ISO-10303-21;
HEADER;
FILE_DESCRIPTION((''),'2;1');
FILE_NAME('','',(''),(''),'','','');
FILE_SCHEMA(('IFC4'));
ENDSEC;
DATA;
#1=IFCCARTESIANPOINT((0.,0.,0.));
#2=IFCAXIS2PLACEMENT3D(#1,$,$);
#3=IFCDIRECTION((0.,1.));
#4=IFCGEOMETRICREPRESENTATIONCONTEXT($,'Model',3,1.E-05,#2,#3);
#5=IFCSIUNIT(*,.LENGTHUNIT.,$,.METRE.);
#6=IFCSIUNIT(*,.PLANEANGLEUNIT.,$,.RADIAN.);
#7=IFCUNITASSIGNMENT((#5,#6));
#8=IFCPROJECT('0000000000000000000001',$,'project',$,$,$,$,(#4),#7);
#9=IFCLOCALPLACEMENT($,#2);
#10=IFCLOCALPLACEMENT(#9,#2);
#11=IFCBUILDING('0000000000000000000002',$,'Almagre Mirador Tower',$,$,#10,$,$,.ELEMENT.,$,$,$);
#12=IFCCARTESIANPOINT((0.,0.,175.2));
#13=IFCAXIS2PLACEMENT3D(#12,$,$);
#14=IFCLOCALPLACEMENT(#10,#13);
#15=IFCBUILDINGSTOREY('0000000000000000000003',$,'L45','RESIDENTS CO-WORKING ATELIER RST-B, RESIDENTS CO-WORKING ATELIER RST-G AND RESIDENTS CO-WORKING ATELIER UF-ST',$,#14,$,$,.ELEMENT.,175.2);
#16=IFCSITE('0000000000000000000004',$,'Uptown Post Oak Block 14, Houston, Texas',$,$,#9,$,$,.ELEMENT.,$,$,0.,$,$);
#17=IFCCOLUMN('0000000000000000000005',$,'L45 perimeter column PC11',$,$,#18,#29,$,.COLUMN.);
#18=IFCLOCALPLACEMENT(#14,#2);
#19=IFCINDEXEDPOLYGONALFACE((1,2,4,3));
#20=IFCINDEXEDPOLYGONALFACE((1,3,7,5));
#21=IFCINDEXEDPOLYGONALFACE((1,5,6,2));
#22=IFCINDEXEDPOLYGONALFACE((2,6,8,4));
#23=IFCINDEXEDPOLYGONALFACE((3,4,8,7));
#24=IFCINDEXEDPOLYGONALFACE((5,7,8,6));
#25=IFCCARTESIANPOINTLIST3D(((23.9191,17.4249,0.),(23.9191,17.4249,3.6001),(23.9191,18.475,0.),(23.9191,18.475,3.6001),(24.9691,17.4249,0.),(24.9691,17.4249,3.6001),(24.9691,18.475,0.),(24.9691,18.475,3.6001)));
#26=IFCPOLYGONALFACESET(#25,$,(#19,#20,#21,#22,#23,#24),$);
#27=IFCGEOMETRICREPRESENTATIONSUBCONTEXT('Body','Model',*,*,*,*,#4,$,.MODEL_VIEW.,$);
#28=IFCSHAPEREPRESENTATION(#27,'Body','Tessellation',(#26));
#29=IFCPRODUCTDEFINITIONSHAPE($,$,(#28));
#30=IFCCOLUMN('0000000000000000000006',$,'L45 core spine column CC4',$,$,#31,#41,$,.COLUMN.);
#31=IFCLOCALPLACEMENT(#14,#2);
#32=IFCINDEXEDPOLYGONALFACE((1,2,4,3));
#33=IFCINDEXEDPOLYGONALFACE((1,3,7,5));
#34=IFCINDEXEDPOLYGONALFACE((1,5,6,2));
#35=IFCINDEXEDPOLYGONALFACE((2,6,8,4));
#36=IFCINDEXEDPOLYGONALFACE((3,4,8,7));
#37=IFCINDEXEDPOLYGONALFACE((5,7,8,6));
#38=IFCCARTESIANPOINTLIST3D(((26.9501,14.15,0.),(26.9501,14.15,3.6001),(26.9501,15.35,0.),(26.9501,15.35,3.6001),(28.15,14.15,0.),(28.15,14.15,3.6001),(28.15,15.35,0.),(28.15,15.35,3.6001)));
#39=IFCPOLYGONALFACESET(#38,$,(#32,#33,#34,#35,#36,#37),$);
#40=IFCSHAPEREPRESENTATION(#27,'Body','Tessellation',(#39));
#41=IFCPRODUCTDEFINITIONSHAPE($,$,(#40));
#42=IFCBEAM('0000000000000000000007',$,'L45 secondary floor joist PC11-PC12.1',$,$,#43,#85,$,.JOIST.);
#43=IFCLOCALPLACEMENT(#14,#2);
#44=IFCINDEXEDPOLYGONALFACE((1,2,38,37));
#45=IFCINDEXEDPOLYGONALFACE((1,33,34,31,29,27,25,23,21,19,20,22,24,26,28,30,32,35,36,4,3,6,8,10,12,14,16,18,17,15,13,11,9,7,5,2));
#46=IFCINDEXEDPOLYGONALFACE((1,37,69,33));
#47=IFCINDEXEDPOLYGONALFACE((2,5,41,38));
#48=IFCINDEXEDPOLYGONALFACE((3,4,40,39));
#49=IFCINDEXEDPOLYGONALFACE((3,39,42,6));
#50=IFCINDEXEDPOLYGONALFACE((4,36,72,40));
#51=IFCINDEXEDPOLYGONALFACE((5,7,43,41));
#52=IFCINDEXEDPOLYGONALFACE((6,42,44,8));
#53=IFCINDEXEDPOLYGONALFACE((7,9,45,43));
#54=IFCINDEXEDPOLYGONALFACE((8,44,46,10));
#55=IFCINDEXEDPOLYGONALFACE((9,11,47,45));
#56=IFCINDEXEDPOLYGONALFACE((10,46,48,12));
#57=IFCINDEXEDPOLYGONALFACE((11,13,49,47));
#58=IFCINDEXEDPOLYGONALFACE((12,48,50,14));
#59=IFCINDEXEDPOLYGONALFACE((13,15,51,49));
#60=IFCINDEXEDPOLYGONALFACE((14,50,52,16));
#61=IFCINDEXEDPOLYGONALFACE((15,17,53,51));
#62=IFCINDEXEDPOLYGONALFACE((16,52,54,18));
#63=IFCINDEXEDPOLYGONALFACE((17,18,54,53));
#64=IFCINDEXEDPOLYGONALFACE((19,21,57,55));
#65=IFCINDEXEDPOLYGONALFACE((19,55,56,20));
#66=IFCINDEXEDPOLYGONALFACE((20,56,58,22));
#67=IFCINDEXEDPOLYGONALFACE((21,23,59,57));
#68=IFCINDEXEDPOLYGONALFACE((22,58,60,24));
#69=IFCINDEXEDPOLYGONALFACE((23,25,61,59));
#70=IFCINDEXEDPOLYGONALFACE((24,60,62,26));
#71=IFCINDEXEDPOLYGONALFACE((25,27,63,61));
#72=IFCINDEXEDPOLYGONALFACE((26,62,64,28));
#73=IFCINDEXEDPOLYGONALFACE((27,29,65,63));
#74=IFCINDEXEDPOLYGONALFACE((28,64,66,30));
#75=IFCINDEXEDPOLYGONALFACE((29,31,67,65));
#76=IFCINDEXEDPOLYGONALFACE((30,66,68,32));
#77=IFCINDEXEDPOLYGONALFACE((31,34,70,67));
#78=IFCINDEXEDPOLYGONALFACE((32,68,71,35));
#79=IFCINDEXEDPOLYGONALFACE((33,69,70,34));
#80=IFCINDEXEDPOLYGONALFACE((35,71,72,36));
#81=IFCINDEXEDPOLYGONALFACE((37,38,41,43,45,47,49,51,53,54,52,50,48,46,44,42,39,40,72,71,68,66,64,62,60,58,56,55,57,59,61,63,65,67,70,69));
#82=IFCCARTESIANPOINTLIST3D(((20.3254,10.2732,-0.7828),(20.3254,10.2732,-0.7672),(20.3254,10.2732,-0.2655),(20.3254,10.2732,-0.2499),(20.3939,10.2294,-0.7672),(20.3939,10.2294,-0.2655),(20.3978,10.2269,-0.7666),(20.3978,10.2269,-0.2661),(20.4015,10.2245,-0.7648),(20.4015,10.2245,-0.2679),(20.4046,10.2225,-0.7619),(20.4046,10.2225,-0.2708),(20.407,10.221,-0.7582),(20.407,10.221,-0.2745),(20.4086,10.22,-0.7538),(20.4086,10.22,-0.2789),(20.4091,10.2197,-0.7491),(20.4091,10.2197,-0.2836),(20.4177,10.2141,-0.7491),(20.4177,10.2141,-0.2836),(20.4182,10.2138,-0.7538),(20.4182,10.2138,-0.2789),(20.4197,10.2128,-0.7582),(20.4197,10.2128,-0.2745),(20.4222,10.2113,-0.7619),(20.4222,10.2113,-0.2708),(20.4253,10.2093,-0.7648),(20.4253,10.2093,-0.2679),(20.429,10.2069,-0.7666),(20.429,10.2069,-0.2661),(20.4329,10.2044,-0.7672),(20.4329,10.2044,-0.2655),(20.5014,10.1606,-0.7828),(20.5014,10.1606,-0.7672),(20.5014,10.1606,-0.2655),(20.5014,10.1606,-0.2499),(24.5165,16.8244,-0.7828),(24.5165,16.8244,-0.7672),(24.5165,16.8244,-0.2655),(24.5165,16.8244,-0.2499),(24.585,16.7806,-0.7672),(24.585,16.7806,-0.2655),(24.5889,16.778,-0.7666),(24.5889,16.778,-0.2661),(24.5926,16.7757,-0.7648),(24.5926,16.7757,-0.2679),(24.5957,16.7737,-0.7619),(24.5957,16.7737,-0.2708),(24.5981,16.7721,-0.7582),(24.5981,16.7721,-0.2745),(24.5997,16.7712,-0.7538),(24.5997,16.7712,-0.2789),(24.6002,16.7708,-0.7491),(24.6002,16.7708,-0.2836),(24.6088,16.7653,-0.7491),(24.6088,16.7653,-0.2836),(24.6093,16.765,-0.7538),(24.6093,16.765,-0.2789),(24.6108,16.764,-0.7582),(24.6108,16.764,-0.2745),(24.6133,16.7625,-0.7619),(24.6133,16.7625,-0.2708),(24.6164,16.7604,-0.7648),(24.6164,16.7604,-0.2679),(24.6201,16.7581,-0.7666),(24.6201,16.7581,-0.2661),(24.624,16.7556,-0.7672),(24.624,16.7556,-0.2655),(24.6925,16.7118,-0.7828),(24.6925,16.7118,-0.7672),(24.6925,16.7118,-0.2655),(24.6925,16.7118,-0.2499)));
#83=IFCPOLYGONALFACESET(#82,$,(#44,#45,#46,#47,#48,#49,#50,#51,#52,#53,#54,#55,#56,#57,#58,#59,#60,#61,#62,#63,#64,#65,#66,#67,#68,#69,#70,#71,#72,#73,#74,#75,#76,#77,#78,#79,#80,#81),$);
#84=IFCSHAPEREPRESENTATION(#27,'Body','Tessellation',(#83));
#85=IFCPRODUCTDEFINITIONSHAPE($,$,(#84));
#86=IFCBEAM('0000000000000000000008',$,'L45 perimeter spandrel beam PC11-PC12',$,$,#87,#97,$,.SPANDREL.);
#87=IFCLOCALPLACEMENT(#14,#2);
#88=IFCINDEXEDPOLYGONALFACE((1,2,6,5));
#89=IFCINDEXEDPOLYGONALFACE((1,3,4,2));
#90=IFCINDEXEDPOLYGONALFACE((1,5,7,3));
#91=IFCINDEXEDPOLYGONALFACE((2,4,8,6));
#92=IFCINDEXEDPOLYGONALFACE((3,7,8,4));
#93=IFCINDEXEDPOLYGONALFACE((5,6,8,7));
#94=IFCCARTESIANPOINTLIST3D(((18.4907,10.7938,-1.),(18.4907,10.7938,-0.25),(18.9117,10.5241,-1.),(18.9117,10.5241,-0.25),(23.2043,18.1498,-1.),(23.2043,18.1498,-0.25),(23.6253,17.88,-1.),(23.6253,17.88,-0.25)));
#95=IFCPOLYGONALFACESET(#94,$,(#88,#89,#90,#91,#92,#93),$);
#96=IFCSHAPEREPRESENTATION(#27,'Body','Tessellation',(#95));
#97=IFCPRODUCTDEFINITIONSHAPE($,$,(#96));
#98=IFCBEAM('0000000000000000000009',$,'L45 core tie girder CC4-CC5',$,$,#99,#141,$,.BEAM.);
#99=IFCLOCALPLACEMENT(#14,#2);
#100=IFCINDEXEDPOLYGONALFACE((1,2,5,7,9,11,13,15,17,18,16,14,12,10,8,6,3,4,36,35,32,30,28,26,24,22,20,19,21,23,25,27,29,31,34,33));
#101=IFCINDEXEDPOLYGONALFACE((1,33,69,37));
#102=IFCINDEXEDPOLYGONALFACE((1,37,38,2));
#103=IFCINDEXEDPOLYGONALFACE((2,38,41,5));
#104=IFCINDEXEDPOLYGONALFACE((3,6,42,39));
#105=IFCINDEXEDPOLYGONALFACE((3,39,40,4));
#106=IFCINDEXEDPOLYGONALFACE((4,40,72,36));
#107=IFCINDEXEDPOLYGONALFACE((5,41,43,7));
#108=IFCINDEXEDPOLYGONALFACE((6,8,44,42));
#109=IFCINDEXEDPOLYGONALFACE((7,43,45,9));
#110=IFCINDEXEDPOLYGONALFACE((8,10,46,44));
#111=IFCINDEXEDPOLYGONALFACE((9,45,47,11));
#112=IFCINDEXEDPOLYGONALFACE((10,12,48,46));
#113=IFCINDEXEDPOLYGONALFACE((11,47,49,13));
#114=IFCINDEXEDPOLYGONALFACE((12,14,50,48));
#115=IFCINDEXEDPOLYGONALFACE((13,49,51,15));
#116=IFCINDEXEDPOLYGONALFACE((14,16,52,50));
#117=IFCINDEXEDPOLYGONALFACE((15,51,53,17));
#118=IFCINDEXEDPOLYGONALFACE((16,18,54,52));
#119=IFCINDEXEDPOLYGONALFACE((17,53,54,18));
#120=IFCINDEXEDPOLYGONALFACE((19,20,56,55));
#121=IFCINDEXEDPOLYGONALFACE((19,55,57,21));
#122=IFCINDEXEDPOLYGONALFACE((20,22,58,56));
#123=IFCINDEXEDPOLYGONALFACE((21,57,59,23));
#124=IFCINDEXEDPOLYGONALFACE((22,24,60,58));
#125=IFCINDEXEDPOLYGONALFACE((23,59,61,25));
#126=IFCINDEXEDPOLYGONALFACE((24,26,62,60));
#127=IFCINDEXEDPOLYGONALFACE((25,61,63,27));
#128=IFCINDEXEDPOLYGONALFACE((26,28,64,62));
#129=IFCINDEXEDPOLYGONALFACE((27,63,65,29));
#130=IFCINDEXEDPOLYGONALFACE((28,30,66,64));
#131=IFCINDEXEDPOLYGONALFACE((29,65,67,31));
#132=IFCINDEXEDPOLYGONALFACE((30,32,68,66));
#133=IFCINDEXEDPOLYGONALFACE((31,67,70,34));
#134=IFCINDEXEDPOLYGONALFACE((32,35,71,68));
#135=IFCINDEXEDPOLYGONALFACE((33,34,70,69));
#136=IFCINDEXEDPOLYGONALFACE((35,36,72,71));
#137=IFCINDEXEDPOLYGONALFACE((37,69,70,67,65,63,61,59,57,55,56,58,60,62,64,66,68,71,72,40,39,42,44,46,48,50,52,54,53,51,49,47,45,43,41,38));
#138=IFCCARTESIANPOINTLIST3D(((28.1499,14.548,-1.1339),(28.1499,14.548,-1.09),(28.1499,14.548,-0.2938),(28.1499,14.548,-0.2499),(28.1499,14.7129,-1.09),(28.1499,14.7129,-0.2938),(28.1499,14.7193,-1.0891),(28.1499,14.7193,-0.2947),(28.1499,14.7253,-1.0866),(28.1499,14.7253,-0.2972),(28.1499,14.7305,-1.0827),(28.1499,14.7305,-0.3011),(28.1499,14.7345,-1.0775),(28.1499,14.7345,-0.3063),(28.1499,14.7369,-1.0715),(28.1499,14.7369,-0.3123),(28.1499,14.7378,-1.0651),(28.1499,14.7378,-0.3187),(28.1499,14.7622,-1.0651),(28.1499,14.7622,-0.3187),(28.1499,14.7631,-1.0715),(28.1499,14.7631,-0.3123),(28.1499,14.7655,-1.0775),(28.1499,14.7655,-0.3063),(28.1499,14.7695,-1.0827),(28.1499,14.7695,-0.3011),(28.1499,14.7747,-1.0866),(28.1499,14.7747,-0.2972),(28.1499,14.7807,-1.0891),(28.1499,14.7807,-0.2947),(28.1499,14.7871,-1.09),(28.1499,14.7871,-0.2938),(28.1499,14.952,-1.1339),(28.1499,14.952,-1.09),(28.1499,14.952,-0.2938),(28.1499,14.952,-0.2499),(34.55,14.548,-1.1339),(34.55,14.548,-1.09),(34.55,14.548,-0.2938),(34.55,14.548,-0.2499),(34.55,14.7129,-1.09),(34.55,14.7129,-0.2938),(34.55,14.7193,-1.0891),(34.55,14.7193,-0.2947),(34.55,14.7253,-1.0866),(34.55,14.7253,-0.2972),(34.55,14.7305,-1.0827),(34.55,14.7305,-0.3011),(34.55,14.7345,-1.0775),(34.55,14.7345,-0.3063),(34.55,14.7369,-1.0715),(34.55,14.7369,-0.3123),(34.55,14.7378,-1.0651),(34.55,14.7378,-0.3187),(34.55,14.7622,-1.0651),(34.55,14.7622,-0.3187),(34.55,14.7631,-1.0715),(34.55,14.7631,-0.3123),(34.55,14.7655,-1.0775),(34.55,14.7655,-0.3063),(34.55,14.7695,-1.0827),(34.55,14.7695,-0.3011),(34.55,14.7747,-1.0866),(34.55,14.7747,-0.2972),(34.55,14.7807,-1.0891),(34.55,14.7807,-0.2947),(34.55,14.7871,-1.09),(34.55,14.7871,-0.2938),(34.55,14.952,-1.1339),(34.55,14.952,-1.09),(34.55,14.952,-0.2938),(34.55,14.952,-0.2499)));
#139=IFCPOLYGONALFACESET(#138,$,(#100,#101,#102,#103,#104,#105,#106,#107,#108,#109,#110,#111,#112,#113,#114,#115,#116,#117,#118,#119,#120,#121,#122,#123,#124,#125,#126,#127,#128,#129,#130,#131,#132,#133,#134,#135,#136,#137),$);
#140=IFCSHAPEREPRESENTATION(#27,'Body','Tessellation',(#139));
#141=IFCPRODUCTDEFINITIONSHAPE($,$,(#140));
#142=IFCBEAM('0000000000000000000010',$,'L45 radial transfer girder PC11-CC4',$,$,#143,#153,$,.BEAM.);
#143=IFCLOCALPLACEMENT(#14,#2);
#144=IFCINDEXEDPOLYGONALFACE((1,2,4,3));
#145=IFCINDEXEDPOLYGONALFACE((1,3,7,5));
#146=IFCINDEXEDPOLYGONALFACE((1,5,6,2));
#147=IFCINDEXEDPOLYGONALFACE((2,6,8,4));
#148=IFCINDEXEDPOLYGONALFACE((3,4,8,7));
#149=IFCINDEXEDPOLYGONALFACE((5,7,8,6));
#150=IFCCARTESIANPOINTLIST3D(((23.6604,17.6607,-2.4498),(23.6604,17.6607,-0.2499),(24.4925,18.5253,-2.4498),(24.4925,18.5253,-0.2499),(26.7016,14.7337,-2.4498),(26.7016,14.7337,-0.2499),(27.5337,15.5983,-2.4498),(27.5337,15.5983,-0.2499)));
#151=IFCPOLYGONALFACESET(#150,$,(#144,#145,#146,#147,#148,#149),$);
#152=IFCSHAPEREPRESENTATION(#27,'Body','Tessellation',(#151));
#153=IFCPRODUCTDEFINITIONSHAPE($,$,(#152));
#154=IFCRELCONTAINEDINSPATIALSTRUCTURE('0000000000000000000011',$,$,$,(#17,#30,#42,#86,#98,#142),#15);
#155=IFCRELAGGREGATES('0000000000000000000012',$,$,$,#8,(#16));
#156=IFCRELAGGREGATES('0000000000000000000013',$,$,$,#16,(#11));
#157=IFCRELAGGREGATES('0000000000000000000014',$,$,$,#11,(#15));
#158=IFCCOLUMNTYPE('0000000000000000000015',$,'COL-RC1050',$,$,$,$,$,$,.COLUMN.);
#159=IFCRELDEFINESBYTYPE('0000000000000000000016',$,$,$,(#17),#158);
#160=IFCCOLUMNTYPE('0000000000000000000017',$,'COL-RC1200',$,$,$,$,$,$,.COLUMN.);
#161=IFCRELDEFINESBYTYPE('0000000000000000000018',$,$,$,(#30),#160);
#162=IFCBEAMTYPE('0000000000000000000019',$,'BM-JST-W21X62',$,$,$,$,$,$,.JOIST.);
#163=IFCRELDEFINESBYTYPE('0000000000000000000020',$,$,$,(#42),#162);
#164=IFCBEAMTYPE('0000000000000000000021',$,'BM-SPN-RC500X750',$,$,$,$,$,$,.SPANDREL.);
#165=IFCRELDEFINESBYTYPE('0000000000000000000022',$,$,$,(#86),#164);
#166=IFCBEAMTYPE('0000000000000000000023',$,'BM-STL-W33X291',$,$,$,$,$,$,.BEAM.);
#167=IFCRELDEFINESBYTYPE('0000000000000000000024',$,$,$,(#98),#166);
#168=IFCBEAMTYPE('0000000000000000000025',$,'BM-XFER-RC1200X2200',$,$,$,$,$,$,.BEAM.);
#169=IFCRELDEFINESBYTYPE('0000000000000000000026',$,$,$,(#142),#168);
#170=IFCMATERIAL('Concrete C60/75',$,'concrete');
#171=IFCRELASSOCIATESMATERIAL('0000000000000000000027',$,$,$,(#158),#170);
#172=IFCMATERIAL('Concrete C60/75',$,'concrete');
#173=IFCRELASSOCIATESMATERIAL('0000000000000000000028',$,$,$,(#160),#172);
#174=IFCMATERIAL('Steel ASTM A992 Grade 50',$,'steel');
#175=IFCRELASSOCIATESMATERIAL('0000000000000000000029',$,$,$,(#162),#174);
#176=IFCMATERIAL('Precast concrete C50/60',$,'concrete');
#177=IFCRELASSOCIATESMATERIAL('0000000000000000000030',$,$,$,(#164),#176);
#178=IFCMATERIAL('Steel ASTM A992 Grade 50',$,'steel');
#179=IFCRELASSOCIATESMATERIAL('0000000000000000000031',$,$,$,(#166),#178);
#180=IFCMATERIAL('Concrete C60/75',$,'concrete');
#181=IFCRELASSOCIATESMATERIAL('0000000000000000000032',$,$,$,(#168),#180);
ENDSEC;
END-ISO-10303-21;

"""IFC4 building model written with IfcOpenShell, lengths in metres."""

from ifc_helpers import new_model, si_unit, direction, frame, origin, origin_2d, place, context, subcontext, project, spatial, rectangle, i_section, extrude, material, material_profile, profile_set, type_object, element, save


model = new_model("IFC4")

# Units and contexts
model_context = context("Model", 3, precision=1e-05, world=origin(), true_north=direction((0.0, 1.0)))
body_context = subcontext(model_context, "Body", "Model", "MODEL_VIEW")
ifc_project = project(units=[si_unit("LENGTHUNIT", "METRE"), si_unit("PLANEANGLEUNIT", "RADIAN")], contexts=[model_context])

# Site, building, storey
site_placement = place(None, origin())
site = spatial("IfcSite", under=ifc_project, at=site_placement, Name="Uptown Post Oak Block 14, Houston, Texas", CompositionType="ELEMENT", RefElevation=0.0)
building_placement = place(site_placement, origin())
building = spatial("IfcBuilding", under=site, at=building_placement, Name="Almagre Mirador Tower", CompositionType="ELEMENT")
storey_placement = place(building_placement, frame((0.0, 0.0, 175.2)))
storey = spatial("IfcBuildingStorey", under=building, at=storey_placement, Name="L45", Description="RESIDENTS CO-WORKING ATELIER RST-B, RESIDENTS CO-WORKING ATELIER RST-G AND RESIDENTS CO-WORKING ATELIER UF-ST", CompositionType="ELEMENT", Elevation=175.2)

# Columns
ifc_material_1 = material(Name="Concrete C60/75", Category="concrete")
ifc_material_profile_1 = material_profile(ifc_material_1, rectangle(XDim=1.05, YDim=1.05, at=origin_2d()), Name="RC1050X1050")
ifc_profile_set_1 = profile_set([ifc_material_profile_1], Name="Concrete C60/75")
column_type_1 = type_object("IfcColumnType", Name="COL-RC1050", PredefinedType="COLUMN", material=ifc_profile_set_1)
column_1_placement = place(storey_placement, frame((24.4441, 17.95, 0.0), z_axis=(0.0, 0.0, 1.0), x_axis=(1.0, 0.0, 0.0)))
element("IfcColumn", 1, at=column_1_placement, inside=storey, type_object=column_type_1, Name="L45 perimeter column PC11", PredefinedType="COLUMN", context=body_context, shape_type="SweptSolid", body=[
    extrude(rectangle(XDim=1.05, YDim=1.05, at=origin_2d()), origin(), (0.0, 0.0, 1.0), 3.6001),
])
ifc_material_2 = material(Name="Concrete C60/75", Category="concrete")
ifc_material_profile_2 = material_profile(ifc_material_2, rectangle(XDim=1.2, YDim=1.2, at=origin_2d()), Name="RC1200X1200")
ifc_profile_set_2 = profile_set([ifc_material_profile_2], Name="Concrete C60/75")
column_type_2 = type_object("IfcColumnType", Name="COL-RC1200", PredefinedType="COLUMN", material=ifc_profile_set_2)
column_2_placement = place(storey_placement, frame((27.55, 14.75, 0.0), z_axis=(0.0, 0.0, 1.0), x_axis=(1.0, 0.0, 0.0)))
element("IfcColumn", 2, at=column_2_placement, inside=storey, type_object=column_type_2, Name="L45 core spine column CC4", PredefinedType="COLUMN", context=body_context, shape_type="SweptSolid", body=[
    extrude(rectangle(XDim=1.2, YDim=1.2, at=origin_2d()), origin(), (0.0, 0.0, 1.0), 3.6001),
])

# Beams
ifc_material_3 = material(Name="Steel ASTM A992 Grade 50", Category="steel")
ifc_material_profile_3 = material_profile(ifc_material_3, i_section(OverallWidth=0.209, OverallDepth=0.533, WebThickness=0.0103, FlangeThickness=0.0156, FilletRadius=0.0181, at=origin_2d()), Name="W21X62")
ifc_profile_set_3 = profile_set([ifc_material_profile_3], Name="Steel ASTM A992 Grade 50")
beam_type_1 = type_object("IfcBeamType", Name="BM-JST-W21X62", PredefinedType="JOIST", material=ifc_profile_set_3)
beam_1_placement = place(storey_placement, frame((24.6045, 16.7681, -0.5164), z_axis=(-0.538903, -0.842368, 0.0), x_axis=(0.842368, -0.538903, 0.0)))
element("IfcBeam", 3, at=beam_1_placement, inside=storey, type_object=beam_type_1, Name="L45 secondary floor joist PC11-PC12.1", PredefinedType="JOIST", context=body_context, shape_type="SweptSolid", body=[
    extrude(i_section(OverallWidth=0.209, OverallDepth=0.533, WebThickness=0.0103, FlangeThickness=0.0156, FilletRadius=0.0181, at=origin_2d()), origin(), (0.0, 0.0, 1.0), 7.7771),
])
ifc_material_4 = material(Name="Precast concrete C50/60", Category="concrete")
ifc_material_profile_4 = material_profile(ifc_material_4, rectangle(XDim=0.5, YDim=0.75, at=origin_2d()), Name="RC500X750")
ifc_profile_set_4 = profile_set([ifc_material_profile_4], Name="Precast concrete C50/60")
beam_type_2 = type_object("IfcBeamType", Name="BM-SPN-RC500X750", PredefinedType="SPANDREL", material=ifc_profile_set_4)
beam_2_placement = place(storey_placement, frame((23.4148, 18.0149, -0.625), z_axis=(-0.539525, -0.841969, 0.0), x_axis=(0.841969, -0.539525, 0.0)))
element("IfcBeam", 4, at=beam_2_placement, inside=storey, type_object=beam_type_2, Name="L45 perimeter spandrel beam PC11-PC12", PredefinedType="SPANDREL", context=body_context, shape_type="SweptSolid", body=[
    extrude(rectangle(XDim=0.5, YDim=0.75, at=origin_2d()), origin(), (0.0, 0.0, 1.0), 8.7366),
])
ifc_material_5 = material(Name="Steel ASTM A992 Grade 50", Category="steel")
ifc_material_profile_5 = material_profile(ifc_material_5, i_section(OverallWidth=0.4041, OverallDepth=0.884, WebThickness=0.0244, FlangeThickness=0.0439, FilletRadius=0.0249, at=origin_2d()), Name="W33X291")
ifc_profile_set_5 = profile_set([ifc_material_profile_5], Name="Steel ASTM A992 Grade 50")
beam_type_3 = type_object("IfcBeamType", Name="BM-STL-W33X291", PredefinedType="BEAM", material=ifc_profile_set_5)
beam_3_placement = place(storey_placement, frame((28.1499, 14.75, -0.6919), z_axis=(1.0, 0.0, 0.0), x_axis=(0.0, 1.0, 0.0)))
element("IfcBeam", 5, at=beam_3_placement, inside=storey, type_object=beam_type_3, Name="L45 core tie girder CC4-CC5", PredefinedType="BEAM", context=body_context, shape_type="SweptSolid", body=[
    extrude(i_section(OverallWidth=0.4041, OverallDepth=0.884, WebThickness=0.0244, FlangeThickness=0.0439, FilletRadius=0.0249, at=origin_2d()), origin(), (0.0, 0.0, 1.0), 6.4001),
])
ifc_material_6 = material(Name="Concrete C60/75", Category="concrete")
ifc_material_profile_6 = material_profile(ifc_material_6, rectangle(XDim=1.2, YDim=2.2, at=origin_2d()), Name="RC1200X2200")
ifc_profile_set_6 = profile_set([ifc_material_profile_6], Name="Concrete C60/75")
beam_type_4 = type_object("IfcBeamType", Name="BM-XFER-RC1200X2200", PredefinedType="BEAM", material=ifc_profile_set_6)
beam_4_placement = place(storey_placement, frame((24.0764, 18.093, -1.3499), z_axis=(0.720512, -0.693443, 0.0), x_axis=(0.693443, 0.720512, 0.0)))
element("IfcBeam", 6, at=beam_4_placement, inside=storey, type_object=beam_type_4, Name="L45 radial transfer girder PC11-CC4", PredefinedType="BEAM", context=body_context, shape_type="SweptSolid", body=[
    extrude(rectangle(XDim=1.2, YDim=2.2, at=origin_2d()), origin(), (0.0, 0.0, 1.0), 4.2209),
])

save(model, "model.ifc")
